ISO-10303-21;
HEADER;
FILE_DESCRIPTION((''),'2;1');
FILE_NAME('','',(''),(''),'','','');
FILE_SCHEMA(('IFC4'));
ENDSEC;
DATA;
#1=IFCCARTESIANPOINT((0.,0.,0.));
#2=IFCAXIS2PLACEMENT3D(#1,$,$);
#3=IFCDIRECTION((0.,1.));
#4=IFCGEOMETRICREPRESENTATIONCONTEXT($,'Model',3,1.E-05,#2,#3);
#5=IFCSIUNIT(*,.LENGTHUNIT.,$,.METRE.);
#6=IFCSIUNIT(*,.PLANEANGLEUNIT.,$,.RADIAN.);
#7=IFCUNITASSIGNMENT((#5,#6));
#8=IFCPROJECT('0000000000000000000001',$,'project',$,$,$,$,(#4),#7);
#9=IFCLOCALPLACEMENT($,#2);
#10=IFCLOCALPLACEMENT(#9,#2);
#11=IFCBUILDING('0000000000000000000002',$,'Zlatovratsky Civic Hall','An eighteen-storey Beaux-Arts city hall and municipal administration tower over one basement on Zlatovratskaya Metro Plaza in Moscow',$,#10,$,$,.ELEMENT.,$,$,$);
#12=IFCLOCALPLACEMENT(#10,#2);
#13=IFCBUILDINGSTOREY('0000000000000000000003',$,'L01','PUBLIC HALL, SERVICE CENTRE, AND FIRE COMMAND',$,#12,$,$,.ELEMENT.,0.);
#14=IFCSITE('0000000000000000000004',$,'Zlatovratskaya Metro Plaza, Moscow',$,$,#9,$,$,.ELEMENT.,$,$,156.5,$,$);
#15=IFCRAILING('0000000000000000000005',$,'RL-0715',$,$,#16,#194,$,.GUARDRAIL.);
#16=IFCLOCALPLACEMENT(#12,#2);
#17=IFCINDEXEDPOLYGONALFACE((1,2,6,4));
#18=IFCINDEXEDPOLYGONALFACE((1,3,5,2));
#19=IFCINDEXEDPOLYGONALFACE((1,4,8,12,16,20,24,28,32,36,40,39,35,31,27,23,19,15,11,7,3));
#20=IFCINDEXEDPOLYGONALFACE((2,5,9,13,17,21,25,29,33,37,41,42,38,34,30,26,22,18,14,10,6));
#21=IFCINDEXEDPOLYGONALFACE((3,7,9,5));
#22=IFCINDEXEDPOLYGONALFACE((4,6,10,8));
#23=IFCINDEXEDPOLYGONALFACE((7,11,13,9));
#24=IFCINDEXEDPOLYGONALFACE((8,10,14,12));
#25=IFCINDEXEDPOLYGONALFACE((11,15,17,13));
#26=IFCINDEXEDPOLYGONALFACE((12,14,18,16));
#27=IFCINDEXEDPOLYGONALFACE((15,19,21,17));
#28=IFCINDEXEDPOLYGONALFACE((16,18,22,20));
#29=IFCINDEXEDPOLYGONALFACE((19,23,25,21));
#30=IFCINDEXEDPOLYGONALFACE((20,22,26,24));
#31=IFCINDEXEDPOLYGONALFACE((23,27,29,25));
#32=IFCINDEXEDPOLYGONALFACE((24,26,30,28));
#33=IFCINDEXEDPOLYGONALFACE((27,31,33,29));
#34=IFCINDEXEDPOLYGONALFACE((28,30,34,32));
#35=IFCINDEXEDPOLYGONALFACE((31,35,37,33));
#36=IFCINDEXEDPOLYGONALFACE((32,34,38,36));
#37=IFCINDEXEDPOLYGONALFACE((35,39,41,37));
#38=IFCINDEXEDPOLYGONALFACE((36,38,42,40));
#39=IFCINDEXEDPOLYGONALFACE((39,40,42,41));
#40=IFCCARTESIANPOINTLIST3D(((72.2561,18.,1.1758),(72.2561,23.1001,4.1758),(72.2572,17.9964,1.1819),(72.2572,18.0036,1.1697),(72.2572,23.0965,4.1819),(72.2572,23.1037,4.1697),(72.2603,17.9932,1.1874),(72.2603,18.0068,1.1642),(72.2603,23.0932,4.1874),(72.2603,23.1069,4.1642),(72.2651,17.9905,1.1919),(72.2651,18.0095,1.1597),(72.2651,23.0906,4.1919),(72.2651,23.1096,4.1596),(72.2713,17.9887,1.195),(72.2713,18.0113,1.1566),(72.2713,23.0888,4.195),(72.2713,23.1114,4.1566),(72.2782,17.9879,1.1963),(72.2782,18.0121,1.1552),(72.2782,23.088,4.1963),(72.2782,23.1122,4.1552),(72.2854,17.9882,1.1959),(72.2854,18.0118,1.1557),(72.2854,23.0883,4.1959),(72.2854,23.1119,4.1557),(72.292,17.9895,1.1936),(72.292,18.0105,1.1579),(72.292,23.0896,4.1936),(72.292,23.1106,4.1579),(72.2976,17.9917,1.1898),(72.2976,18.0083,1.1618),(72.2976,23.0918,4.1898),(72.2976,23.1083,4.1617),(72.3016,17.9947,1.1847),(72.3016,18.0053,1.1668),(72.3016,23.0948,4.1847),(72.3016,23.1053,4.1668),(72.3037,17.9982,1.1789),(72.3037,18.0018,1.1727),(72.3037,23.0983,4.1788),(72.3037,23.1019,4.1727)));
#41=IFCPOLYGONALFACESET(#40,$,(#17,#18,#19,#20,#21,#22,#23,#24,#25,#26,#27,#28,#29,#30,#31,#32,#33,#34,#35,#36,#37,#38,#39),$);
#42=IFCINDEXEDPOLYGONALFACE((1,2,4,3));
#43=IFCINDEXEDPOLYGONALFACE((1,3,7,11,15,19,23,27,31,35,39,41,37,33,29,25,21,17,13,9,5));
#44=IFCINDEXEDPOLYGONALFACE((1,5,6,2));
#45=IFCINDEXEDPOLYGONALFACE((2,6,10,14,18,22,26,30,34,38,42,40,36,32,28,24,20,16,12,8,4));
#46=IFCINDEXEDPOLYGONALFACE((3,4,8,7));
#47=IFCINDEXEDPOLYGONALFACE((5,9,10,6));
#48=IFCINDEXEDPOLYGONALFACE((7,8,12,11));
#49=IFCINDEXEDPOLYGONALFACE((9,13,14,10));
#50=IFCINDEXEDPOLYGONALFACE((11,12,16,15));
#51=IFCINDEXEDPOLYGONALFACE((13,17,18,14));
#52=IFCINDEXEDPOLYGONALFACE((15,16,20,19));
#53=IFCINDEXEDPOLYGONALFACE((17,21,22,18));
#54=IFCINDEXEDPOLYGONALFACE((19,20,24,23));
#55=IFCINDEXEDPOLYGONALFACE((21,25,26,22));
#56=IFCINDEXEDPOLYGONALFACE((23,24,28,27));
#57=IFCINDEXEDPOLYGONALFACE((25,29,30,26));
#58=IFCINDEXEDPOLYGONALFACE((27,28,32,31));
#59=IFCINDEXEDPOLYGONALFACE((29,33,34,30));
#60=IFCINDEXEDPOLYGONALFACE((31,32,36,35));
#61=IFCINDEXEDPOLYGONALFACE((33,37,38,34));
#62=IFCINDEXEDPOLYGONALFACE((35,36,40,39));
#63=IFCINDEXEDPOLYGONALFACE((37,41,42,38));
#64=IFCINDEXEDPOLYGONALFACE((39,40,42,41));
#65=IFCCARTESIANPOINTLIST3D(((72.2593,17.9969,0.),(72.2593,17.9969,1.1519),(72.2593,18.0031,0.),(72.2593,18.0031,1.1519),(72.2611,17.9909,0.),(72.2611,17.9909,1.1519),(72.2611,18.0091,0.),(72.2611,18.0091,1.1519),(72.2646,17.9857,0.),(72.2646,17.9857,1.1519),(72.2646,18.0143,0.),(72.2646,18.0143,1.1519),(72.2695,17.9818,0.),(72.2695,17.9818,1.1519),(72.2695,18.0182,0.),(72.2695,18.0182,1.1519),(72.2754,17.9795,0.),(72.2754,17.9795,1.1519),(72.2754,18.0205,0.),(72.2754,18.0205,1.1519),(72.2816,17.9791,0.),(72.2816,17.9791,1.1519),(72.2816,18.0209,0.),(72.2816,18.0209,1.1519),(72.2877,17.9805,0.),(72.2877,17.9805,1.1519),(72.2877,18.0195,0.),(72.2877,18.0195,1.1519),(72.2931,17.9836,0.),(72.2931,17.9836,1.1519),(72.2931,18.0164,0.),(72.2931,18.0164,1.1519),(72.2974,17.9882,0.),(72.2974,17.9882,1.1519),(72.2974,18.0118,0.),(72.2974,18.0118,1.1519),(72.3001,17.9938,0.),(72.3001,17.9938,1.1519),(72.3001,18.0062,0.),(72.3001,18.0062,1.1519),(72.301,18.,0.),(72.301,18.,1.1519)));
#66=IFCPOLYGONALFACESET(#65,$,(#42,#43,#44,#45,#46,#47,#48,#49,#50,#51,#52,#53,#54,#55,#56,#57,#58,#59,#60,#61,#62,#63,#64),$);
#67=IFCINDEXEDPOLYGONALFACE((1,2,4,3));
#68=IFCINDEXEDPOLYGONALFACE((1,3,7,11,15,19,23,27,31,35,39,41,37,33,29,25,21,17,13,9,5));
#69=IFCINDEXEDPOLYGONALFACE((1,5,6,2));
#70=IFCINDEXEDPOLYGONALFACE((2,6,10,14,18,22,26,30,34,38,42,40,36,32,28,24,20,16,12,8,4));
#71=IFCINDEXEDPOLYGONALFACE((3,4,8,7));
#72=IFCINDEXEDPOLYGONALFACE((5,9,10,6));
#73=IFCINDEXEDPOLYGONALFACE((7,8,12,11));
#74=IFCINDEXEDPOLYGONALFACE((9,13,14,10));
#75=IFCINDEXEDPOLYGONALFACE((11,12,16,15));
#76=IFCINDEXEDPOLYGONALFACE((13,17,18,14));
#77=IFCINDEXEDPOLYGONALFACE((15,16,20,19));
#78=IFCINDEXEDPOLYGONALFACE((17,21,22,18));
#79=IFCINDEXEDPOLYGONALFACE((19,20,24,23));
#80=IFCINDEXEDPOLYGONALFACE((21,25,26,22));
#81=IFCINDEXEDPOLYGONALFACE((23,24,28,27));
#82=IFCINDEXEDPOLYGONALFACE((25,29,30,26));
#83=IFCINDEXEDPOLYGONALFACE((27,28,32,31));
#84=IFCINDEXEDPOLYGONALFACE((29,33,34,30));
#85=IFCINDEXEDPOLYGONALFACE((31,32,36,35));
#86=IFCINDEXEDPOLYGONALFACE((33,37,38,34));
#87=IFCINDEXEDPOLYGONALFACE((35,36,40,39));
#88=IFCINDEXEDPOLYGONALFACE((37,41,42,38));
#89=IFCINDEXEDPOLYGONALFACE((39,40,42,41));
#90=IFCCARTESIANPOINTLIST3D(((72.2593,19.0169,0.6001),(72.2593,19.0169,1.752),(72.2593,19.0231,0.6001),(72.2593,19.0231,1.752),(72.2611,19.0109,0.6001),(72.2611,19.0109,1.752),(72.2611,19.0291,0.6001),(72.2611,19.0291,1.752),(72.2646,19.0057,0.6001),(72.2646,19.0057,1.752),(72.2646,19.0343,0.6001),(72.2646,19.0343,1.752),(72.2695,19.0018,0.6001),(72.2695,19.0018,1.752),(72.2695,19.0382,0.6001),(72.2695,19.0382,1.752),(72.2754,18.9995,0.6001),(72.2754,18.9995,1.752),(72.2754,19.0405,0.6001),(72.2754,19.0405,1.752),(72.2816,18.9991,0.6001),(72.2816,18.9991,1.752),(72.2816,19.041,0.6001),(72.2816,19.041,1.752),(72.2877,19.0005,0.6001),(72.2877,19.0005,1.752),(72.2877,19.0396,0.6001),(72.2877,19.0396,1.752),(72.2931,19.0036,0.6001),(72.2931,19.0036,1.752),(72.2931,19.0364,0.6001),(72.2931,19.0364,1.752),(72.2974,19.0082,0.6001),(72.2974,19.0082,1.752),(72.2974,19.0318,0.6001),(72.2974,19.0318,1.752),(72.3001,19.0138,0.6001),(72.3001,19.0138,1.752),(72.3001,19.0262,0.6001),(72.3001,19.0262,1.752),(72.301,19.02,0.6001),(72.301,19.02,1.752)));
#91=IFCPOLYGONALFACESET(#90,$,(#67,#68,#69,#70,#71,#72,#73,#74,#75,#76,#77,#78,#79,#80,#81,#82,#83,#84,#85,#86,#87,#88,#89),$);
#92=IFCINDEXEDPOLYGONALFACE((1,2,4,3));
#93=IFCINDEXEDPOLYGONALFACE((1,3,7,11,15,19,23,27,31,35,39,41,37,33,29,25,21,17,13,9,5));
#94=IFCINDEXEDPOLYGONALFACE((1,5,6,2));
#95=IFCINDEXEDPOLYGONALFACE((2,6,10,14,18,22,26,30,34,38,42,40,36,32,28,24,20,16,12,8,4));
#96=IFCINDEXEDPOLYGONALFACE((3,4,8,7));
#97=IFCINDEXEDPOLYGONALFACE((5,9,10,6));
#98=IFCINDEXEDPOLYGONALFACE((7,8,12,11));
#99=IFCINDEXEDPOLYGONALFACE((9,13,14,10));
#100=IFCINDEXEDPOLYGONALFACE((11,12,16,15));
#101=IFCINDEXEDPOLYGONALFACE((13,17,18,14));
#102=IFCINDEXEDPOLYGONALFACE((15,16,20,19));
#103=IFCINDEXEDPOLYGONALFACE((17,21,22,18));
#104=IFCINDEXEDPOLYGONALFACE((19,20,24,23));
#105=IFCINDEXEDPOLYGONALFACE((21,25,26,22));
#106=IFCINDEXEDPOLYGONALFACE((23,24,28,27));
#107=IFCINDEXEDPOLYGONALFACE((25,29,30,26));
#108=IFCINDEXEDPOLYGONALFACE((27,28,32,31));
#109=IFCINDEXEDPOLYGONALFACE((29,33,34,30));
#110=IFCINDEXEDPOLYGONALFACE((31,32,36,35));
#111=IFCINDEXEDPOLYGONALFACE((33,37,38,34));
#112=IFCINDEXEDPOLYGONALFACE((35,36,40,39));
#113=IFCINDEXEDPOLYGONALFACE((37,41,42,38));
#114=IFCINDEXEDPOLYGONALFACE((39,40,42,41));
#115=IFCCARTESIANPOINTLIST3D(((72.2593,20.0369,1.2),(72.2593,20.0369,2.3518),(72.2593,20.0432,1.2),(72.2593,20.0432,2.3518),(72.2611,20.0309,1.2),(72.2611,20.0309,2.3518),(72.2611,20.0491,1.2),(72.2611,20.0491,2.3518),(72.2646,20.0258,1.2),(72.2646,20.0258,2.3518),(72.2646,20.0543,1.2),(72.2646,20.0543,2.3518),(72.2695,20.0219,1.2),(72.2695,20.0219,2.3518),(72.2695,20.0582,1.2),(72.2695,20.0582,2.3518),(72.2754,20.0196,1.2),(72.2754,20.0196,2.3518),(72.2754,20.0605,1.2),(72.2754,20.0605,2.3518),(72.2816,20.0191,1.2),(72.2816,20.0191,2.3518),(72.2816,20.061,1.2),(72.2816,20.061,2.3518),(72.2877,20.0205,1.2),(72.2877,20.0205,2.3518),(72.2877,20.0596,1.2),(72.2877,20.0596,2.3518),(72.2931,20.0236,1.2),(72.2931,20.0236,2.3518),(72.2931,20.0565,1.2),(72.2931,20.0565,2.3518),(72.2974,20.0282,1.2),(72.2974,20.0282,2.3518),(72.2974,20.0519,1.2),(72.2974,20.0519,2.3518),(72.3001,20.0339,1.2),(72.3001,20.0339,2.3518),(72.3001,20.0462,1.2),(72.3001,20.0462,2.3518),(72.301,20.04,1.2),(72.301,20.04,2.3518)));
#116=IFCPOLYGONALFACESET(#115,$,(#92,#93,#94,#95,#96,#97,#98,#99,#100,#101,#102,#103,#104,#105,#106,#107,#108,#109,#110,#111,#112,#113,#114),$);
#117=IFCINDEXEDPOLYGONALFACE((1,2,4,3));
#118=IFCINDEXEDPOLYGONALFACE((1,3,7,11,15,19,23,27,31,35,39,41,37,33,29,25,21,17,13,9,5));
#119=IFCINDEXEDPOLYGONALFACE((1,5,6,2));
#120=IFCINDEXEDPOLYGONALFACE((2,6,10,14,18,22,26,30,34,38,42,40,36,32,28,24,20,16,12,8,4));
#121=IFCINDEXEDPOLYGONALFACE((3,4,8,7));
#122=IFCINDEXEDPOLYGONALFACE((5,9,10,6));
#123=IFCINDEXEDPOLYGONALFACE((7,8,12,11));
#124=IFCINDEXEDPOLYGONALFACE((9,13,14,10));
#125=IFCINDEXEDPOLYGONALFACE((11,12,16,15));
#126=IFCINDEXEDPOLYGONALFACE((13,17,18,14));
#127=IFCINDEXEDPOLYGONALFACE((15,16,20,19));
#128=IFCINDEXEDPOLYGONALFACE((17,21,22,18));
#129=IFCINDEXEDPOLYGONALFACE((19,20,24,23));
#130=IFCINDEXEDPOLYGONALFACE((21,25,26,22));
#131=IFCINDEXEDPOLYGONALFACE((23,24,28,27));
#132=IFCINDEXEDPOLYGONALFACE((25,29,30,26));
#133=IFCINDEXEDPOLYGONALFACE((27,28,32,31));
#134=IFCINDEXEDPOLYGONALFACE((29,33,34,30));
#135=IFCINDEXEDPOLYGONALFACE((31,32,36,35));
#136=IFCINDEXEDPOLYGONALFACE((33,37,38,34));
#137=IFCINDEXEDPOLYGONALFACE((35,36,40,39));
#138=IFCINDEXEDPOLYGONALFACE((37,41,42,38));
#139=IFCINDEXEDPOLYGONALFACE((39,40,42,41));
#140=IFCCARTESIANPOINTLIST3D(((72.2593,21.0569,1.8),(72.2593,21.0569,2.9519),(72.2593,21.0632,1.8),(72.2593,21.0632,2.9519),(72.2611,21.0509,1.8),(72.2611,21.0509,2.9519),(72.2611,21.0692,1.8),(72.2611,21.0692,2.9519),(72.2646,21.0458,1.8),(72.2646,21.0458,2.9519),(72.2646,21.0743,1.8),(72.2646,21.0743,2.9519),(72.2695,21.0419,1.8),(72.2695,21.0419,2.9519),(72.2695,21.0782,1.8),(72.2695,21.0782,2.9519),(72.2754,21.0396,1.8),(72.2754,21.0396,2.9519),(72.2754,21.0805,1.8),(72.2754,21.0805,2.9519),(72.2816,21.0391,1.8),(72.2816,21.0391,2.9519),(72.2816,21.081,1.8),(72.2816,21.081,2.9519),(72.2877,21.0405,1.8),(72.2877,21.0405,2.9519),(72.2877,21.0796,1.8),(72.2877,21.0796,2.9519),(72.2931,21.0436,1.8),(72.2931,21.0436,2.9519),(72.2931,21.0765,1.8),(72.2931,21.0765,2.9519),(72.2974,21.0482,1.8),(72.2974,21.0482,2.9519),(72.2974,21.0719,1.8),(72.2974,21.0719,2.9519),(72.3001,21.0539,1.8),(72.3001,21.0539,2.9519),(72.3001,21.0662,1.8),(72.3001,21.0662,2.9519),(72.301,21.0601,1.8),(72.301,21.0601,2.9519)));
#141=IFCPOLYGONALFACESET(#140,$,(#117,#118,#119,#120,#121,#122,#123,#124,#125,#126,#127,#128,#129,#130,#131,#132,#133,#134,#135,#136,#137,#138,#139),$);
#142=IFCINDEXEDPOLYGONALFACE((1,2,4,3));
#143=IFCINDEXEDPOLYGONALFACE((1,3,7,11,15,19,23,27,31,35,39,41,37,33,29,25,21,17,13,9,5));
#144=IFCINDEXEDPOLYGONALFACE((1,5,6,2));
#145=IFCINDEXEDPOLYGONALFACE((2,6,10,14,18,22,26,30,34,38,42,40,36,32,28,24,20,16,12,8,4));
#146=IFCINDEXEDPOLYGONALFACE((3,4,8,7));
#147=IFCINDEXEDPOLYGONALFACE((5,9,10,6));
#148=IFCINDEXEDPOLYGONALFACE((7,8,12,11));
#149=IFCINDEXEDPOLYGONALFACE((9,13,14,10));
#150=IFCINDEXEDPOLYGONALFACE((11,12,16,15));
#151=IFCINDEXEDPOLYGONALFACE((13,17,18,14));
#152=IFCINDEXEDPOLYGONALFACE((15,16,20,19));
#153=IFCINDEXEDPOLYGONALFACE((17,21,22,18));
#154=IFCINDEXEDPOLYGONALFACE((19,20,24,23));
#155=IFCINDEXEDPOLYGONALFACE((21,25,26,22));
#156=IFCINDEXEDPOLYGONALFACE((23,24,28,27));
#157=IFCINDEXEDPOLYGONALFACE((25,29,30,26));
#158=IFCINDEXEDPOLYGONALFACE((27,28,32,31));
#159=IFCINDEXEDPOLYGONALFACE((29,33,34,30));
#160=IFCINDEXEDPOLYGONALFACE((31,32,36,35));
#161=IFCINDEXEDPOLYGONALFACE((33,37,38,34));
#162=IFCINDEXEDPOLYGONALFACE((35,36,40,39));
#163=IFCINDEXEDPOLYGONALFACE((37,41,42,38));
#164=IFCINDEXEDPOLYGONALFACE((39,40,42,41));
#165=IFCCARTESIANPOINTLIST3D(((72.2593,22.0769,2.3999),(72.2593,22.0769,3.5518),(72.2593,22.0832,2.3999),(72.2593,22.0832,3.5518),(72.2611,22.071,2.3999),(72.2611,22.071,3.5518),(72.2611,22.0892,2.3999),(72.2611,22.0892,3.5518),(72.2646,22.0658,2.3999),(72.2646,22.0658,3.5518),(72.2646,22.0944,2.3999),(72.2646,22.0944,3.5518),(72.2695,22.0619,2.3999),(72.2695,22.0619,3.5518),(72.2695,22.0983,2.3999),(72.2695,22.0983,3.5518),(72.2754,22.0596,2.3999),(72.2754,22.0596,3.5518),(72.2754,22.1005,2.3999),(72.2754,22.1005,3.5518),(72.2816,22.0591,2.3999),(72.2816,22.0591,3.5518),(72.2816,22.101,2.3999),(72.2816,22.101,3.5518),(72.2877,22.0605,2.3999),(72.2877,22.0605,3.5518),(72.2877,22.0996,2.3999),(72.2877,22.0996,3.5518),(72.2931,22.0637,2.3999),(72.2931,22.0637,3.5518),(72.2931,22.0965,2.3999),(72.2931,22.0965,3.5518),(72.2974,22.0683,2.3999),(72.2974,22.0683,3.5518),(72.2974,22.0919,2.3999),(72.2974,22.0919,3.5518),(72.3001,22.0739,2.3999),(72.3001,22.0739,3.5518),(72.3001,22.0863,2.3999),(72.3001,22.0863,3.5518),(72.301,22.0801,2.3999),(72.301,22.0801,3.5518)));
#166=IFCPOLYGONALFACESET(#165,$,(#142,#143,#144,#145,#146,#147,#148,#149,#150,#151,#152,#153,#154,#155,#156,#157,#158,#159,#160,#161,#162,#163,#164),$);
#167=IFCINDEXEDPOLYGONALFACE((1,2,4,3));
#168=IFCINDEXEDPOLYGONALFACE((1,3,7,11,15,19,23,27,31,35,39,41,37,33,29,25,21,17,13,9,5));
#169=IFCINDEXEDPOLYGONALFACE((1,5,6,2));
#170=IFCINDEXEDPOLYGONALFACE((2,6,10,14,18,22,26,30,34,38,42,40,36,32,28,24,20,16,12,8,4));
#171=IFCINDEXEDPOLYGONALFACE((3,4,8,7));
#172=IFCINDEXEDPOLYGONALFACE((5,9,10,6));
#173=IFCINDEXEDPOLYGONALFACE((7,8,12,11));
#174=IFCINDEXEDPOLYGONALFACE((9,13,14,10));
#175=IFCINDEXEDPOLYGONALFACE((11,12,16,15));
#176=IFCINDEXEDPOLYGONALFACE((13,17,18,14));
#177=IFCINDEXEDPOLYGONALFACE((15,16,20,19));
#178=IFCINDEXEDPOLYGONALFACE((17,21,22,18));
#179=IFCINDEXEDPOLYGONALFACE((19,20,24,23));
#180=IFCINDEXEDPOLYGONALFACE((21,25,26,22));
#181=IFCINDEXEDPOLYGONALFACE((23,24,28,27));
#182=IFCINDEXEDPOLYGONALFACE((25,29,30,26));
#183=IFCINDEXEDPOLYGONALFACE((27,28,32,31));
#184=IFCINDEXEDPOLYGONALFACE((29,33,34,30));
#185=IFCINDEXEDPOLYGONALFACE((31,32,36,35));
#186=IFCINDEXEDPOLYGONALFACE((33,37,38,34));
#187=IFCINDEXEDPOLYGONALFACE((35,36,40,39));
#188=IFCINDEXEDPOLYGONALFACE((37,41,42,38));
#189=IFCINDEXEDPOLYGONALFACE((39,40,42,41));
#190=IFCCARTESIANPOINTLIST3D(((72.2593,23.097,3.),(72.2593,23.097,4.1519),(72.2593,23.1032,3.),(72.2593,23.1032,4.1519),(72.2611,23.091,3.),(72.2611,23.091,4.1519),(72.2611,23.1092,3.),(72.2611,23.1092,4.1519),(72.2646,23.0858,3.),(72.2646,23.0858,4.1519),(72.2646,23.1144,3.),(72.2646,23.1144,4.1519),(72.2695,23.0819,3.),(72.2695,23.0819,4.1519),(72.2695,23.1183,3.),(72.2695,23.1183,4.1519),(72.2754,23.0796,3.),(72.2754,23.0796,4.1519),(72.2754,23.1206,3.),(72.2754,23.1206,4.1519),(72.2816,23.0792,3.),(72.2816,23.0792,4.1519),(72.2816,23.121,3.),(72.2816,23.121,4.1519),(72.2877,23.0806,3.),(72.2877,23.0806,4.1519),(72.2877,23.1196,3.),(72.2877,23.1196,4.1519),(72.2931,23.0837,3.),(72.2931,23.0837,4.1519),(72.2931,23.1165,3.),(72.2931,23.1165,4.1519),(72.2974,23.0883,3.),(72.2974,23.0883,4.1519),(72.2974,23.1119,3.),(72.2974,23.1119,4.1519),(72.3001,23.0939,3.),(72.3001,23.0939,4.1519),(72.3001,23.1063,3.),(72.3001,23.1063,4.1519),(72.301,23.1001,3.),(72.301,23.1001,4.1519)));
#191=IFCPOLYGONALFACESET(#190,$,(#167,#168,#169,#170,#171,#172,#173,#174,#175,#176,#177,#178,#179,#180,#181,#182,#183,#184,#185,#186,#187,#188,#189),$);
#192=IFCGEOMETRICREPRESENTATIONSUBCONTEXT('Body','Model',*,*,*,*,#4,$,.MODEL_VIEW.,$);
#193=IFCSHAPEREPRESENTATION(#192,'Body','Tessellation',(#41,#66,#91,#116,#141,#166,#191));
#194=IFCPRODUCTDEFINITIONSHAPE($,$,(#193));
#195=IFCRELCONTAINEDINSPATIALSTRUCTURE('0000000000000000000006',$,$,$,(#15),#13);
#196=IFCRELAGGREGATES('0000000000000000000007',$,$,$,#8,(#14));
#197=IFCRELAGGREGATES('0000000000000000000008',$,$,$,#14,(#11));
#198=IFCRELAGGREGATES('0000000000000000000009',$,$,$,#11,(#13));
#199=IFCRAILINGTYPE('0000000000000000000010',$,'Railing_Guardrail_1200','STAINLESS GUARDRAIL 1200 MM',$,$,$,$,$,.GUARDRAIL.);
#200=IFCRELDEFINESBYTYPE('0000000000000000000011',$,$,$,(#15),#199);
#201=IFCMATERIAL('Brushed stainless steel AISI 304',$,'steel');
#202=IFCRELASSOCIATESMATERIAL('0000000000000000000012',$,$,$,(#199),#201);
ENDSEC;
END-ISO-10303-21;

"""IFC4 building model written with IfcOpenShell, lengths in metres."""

from ifc_helpers import new_model, si_unit, direction, frame, origin, origin_2d, place, context, subcontext, project, spatial, circle, extrude, material, type_object, element, save


model = new_model("IFC4")

# Units and contexts
model_context = context("Model", 3, precision=1e-05, world=origin(), true_north=direction((0.0, 1.0)))
body_context = subcontext(model_context, "Body", "Model", "MODEL_VIEW")
ifc_project = project(units=[si_unit("LENGTHUNIT", "METRE"), si_unit("PLANEANGLEUNIT", "RADIAN")], contexts=[model_context])

# Site, building, storey
site_placement = place(None, origin())
site = spatial("IfcSite", under=ifc_project, at=site_placement, Name="Zlatovratskaya Metro Plaza, Moscow", CompositionType="ELEMENT", RefElevation=156.5)
building_placement = place(site_placement, origin())
building = spatial("IfcBuilding", under=site, at=building_placement, Name="Zlatovratsky Civic Hall", Description="An eighteen-storey Beaux-Arts city hall and municipal administration tower over one basement on Zlatovratskaya Metro Plaza in Moscow", CompositionType="ELEMENT")
storey_placement = place(building_placement, origin())
storey = spatial("IfcBuildingStorey", under=building, at=storey_placement, Name="L01", Description="PUBLIC HALL, SERVICE CENTRE, AND FIRE COMMAND", CompositionType="ELEMENT", Elevation=0.0)

# Railing
ifc_material_1 = material(Name="Brushed stainless steel AISI 304", Category="steel")
railing_type_1 = type_object("IfcRailingType", Name="Railing_Guardrail_1200", Description="STAINLESS GUARDRAIL 1200 MM", PredefinedType="GUARDRAIL", material=ifc_material_1)
railing_1_placement = place(storey_placement, frame((72.28, 18.0, 0.0)))
element("IfcRailing", 1, at=railing_1_placement, inside=storey, type_object=railing_type_1, Name="RL-0715", PredefinedType="GUARDRAIL", context=body_context, shape_type="SweptSolid", body=[
    extrude(circle(Radius=0.0239, at=origin_2d()), frame((0.0, 0.0, 1.1758), z_axis=(0.0, 0.861938, 0.507013), x_axis=(-1.0, 0.0, 0.0)), (0.0, 0.0, 1.0), 5.917),
    extrude(circle(Radius=0.021, at=origin_2d()), origin(), (0.0, 0.0, 1.0), 1.1519),
    extrude(circle(Radius=0.021, at=origin_2d()), frame((0.0, 1.02, 0.6001)), (0.0, 0.0, 1.0), 1.1519),
    extrude(circle(Radius=0.021, at=origin_2d()), frame((0.0, 2.04, 1.2)), (0.0, 0.0, 1.0), 1.1519),
    extrude(circle(Radius=0.021, at=origin_2d()), frame((0.0, 3.0601, 1.8)), (0.0, 0.0, 1.0), 1.1519),
    extrude(circle(Radius=0.021, at=origin_2d()), frame((0.0, 4.0801, 2.3999)), (0.0, 0.0, 1.0), 1.1519),
    extrude(circle(Radius=0.021, at=origin_2d()), frame((0.0, 5.1001, 3.0)), (0.0, 0.0, 1.0), 1.1519),
])

save(model, "model.ifc")
